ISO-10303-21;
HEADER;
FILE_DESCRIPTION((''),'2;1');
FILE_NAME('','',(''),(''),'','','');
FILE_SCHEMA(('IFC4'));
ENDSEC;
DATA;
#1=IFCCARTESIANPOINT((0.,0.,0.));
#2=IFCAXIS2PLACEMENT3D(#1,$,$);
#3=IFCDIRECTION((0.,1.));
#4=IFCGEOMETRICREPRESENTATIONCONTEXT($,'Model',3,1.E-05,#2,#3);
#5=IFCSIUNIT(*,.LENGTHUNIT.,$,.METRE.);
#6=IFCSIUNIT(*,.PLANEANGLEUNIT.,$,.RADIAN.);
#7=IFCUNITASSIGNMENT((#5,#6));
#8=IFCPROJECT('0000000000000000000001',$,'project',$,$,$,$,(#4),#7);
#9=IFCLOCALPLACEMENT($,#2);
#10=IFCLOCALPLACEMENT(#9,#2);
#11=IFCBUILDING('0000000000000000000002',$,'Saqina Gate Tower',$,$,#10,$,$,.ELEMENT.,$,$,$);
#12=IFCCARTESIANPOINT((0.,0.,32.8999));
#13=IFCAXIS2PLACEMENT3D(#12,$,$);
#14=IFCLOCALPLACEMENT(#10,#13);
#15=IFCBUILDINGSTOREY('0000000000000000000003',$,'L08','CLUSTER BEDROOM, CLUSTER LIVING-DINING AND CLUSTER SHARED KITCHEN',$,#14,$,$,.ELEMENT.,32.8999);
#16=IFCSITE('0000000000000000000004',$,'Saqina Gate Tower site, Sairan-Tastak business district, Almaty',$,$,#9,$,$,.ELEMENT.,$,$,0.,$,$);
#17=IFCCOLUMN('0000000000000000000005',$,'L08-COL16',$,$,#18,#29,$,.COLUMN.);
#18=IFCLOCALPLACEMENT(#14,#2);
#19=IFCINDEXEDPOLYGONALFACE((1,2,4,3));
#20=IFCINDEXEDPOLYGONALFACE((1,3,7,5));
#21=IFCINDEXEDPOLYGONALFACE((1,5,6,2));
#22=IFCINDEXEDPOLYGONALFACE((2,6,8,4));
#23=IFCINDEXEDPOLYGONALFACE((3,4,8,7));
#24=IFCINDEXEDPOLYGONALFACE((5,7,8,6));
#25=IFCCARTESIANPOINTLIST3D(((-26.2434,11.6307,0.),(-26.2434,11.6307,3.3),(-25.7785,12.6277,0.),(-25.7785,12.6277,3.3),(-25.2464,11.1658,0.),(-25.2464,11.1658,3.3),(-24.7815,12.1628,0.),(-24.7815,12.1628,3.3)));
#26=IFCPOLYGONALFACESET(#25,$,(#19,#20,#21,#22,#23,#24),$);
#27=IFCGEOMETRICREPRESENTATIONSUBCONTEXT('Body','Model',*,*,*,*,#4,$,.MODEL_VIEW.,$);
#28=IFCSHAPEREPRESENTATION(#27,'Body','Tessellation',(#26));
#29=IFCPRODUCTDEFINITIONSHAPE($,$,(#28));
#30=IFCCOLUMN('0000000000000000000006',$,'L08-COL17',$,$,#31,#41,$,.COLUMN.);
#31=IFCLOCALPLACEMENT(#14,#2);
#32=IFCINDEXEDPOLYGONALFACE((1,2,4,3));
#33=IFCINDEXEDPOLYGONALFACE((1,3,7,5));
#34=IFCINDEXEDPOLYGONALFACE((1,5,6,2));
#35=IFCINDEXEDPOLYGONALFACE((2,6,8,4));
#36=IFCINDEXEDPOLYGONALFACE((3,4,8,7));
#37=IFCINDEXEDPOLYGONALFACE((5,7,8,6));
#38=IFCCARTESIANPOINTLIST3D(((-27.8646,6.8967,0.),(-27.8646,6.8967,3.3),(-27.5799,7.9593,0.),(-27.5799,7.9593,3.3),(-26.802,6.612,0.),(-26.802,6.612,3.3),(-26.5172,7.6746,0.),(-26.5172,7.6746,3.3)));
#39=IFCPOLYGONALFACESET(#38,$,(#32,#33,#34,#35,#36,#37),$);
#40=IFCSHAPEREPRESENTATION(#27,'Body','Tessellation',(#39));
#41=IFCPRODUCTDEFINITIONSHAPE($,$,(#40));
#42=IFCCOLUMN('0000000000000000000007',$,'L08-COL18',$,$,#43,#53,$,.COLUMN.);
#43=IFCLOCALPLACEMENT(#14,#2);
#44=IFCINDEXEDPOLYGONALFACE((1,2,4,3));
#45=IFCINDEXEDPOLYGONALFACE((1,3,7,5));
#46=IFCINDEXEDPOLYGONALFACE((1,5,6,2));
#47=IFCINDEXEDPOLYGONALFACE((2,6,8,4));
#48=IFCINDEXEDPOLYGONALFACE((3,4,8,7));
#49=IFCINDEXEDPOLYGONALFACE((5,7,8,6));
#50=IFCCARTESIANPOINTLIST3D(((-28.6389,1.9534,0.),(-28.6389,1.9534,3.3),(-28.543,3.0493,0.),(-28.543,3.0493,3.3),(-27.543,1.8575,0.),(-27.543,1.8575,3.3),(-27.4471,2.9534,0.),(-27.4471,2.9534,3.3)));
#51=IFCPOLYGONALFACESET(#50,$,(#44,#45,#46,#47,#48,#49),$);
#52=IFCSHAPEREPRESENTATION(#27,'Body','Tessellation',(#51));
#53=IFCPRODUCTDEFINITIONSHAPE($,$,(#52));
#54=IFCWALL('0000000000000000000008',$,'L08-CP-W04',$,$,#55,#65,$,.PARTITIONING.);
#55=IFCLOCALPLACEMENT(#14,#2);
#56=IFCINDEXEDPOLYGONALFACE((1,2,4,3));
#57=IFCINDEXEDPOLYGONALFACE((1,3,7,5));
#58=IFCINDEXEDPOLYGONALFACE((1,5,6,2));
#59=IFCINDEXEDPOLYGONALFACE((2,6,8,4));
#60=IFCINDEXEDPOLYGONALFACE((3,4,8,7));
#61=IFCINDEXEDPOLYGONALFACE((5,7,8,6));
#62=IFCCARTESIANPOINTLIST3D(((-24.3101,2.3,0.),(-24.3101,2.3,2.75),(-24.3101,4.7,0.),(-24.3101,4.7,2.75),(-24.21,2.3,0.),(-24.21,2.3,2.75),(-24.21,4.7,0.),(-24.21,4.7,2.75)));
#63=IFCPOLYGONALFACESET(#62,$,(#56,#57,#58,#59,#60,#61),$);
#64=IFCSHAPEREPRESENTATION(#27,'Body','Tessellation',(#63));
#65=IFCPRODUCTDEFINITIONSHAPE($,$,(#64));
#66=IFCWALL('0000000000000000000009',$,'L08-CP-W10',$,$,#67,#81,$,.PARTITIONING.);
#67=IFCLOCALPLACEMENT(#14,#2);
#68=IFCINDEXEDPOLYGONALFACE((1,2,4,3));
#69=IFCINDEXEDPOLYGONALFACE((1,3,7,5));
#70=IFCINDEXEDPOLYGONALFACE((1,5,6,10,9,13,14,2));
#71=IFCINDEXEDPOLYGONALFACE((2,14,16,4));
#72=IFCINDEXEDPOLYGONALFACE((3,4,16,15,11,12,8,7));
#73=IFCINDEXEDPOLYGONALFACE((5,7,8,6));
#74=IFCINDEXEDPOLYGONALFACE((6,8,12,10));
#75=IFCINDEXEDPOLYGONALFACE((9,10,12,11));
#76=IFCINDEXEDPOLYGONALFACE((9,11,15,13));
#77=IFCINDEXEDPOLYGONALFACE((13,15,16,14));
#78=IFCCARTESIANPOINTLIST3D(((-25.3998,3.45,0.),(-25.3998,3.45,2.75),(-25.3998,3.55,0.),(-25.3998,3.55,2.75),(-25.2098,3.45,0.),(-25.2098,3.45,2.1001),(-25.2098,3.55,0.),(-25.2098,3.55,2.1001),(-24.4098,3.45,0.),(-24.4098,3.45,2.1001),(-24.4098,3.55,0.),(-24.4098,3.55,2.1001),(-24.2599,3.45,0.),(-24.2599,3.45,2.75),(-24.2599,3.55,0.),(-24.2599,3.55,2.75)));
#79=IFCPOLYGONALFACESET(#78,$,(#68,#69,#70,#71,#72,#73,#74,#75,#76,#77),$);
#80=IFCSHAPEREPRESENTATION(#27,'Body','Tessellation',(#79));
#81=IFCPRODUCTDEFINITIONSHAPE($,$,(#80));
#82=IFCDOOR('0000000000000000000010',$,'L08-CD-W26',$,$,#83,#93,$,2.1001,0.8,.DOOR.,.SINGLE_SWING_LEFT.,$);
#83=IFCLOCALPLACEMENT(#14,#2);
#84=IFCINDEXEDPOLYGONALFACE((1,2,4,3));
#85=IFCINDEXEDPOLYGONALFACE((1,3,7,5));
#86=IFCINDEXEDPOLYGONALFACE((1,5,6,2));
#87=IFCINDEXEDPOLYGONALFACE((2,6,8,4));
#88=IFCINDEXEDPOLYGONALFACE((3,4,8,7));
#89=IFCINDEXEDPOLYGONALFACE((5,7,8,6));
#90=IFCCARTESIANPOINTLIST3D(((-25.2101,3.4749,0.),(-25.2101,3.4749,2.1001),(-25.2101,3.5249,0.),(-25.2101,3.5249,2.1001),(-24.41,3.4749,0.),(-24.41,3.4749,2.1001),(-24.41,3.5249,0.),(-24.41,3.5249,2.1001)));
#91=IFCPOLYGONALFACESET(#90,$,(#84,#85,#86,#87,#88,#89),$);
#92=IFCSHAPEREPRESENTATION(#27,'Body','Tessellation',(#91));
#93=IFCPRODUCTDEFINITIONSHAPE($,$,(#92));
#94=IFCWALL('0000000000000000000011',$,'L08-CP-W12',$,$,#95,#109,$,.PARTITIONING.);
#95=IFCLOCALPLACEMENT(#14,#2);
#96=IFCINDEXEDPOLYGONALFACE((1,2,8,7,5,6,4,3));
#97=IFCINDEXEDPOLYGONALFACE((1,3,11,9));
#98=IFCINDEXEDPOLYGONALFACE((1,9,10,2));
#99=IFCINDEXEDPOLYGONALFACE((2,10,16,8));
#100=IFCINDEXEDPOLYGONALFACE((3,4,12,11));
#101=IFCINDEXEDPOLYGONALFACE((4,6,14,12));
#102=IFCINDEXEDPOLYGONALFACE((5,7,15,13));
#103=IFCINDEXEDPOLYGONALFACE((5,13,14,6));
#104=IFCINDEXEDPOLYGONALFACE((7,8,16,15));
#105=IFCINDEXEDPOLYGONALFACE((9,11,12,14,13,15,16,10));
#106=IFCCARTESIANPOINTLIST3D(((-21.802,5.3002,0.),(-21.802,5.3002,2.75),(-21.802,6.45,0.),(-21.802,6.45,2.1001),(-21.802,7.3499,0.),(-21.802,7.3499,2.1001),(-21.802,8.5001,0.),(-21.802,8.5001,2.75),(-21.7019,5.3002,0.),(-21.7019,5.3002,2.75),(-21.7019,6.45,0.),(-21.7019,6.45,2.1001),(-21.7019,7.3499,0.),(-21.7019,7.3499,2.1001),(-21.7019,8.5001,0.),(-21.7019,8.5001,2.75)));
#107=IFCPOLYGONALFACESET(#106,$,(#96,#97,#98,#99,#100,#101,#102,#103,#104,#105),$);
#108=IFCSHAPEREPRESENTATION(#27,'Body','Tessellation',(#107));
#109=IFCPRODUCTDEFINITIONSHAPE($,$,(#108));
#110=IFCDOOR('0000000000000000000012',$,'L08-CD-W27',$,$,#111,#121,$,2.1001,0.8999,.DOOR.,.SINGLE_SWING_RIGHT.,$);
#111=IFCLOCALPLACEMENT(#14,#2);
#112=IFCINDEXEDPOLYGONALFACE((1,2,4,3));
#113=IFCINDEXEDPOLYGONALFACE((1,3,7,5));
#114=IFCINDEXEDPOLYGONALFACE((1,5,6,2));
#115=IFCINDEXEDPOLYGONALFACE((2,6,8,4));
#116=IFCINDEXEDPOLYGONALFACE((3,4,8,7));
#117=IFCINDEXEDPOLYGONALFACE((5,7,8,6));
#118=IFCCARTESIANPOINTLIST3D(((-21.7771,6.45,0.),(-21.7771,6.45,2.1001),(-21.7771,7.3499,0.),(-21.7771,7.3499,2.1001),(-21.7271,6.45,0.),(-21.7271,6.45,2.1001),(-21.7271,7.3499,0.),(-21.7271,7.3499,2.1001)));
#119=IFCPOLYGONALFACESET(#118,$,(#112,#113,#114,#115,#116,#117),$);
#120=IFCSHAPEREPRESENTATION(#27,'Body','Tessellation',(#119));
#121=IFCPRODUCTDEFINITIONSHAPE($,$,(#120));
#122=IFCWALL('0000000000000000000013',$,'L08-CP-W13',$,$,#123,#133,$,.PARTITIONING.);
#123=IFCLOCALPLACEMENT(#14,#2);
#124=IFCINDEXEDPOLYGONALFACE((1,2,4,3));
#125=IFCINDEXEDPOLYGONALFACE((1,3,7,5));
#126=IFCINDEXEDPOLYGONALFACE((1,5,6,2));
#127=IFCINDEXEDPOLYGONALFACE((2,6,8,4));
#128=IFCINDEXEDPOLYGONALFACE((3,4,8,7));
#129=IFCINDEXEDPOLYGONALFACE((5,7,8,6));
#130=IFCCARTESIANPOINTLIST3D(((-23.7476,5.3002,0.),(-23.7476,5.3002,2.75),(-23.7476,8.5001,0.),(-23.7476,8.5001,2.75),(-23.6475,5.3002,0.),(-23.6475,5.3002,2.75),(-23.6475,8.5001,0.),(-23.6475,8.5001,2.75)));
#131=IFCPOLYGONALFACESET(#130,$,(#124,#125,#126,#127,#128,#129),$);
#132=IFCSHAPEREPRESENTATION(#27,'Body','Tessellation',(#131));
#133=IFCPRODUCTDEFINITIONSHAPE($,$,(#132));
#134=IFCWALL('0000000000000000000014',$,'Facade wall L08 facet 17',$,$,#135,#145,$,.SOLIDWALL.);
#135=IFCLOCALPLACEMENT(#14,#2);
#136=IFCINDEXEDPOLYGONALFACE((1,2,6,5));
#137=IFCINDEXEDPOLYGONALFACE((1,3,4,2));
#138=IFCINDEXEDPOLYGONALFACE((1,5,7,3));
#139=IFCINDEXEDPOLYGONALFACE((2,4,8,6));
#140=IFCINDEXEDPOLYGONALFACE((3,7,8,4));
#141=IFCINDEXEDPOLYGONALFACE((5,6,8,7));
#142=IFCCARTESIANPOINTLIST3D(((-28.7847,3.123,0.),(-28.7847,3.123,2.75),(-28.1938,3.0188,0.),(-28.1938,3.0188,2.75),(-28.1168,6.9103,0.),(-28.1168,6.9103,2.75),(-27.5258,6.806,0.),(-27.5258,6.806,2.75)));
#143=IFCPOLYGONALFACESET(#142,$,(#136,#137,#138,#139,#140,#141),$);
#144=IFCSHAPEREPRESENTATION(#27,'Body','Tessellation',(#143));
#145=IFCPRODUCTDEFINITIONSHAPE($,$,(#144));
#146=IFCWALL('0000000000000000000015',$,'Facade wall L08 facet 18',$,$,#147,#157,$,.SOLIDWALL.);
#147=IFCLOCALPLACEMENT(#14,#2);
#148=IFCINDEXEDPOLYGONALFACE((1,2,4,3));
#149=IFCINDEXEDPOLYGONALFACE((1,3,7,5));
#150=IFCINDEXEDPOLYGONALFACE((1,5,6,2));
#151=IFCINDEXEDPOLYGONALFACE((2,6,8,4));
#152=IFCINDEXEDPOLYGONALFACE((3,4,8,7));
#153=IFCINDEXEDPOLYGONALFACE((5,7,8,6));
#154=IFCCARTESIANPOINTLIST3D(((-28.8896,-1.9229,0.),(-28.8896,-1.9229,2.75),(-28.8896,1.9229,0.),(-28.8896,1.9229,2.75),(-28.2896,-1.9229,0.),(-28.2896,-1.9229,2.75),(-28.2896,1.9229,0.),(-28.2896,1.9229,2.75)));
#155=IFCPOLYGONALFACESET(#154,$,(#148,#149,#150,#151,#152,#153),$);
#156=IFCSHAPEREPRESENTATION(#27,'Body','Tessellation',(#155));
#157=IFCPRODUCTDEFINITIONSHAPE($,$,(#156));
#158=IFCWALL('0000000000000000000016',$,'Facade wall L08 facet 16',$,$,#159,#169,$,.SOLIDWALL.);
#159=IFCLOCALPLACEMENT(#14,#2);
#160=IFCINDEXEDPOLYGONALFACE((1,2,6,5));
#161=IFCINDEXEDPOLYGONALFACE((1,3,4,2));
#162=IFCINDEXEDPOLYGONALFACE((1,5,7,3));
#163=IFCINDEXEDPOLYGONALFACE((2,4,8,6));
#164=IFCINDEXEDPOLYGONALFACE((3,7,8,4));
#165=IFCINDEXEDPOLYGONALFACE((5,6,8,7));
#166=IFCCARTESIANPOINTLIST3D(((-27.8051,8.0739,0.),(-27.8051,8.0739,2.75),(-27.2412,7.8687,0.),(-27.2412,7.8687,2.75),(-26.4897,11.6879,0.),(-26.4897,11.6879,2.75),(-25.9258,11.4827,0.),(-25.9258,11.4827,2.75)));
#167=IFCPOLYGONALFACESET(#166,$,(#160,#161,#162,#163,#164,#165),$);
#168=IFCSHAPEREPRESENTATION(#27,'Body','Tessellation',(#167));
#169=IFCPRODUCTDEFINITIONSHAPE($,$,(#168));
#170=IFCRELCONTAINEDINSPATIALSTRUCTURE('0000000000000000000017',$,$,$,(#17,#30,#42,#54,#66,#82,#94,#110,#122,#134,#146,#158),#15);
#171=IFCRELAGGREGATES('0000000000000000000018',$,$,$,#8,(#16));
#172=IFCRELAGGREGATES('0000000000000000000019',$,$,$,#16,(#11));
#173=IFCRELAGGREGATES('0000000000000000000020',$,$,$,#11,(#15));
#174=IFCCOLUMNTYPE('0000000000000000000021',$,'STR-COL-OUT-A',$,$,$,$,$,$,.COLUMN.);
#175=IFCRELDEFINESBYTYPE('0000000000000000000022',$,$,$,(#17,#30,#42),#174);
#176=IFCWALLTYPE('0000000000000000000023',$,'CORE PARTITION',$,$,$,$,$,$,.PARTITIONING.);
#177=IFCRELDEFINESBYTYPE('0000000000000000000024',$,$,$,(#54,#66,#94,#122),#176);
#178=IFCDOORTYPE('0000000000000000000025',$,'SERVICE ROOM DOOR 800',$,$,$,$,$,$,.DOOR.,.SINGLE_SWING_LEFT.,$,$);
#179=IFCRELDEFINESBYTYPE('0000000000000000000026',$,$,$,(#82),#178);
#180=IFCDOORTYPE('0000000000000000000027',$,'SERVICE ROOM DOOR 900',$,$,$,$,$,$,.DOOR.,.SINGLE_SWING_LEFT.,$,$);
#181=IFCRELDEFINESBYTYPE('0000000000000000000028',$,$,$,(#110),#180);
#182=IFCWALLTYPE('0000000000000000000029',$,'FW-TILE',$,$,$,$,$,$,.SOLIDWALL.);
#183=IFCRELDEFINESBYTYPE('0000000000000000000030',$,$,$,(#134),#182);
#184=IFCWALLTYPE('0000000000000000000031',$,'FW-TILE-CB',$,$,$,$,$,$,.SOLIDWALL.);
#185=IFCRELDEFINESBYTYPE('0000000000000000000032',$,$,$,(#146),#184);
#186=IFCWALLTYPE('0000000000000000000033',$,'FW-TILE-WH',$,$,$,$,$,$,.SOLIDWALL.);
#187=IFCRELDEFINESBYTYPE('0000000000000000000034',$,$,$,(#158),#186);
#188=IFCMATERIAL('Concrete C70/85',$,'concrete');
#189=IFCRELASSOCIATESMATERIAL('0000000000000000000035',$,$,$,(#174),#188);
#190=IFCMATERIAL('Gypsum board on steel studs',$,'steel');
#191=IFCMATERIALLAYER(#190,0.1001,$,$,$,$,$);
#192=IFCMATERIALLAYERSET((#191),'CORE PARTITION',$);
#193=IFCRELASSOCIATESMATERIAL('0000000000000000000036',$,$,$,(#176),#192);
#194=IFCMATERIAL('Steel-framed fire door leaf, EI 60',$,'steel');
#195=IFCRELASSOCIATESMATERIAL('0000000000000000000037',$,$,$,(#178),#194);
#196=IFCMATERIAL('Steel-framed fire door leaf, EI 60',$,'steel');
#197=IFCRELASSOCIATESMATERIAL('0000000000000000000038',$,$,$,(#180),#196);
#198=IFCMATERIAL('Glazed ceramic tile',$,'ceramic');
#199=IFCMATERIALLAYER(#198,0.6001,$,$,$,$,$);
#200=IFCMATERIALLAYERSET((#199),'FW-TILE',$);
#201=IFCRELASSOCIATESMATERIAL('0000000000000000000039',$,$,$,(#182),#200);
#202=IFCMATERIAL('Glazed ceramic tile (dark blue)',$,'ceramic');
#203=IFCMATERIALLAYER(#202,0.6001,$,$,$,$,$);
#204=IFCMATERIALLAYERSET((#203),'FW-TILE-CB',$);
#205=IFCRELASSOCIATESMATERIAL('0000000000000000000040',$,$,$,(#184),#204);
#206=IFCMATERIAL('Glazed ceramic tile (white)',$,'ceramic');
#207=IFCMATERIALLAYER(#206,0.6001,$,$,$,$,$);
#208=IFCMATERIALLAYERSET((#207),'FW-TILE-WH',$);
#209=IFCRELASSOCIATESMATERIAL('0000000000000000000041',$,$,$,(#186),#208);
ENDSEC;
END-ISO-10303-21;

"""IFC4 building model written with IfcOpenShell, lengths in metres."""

from ifc_helpers import new_model, si_unit, direction, frame, frame_2d, origin, origin_2d, place, context, subcontext, project, spatial, rectangle, extrude, material, layer, layer_set, material_profile, profile_set, type_object, element, fill, save


model = new_model("IFC4")

# Units and contexts
model_context = context("Model", 3, precision=1e-05, world=origin(), true_north=direction((0.0, 1.0)))
body_context = subcontext(model_context, "Body", "Model", "MODEL_VIEW")
ifc_project = project(units=[si_unit("LENGTHUNIT", "METRE"), si_unit("PLANEANGLEUNIT", "RADIAN")], contexts=[model_context])

# Site, building, storey
site_placement = place(None, origin())
site = spatial("IfcSite", under=ifc_project, at=site_placement, Name="Saqina Gate Tower site, Sairan-Tastak business district, Almaty", CompositionType="ELEMENT", RefElevation=0.0)
building_placement = place(site_placement, origin())
building = spatial("IfcBuilding", under=site, at=building_placement, Name="Saqina Gate Tower", CompositionType="ELEMENT")
storey_placement = place(building_placement, frame((0.0, 0.0, 32.8999)))
storey = spatial("IfcBuildingStorey", under=building, at=storey_placement, Name="L08", Description="CLUSTER BEDROOM, CLUSTER LIVING-DINING AND CLUSTER SHARED KITCHEN", CompositionType="ELEMENT", Elevation=32.8999)

# Columns
ifc_material_1 = material(Name="Concrete C70/85", Category="concrete")
ifc_material_profile = material_profile(ifc_material_1, rectangle(XDim=1.1001, YDim=1.1001, at=origin_2d()), Name="RC 1100x1100")
ifc_profile_set = profile_set([ifc_material_profile], Name="Concrete C70/85")
column_type = type_object("IfcColumnType", Name="STR-COL-OUT-A", PredefinedType="COLUMN", material=ifc_profile_set)
for number, where, z_axis, x_axis, name in (
    (1, (-25.5125, 11.8967, 0.0), (0.0, 0.0, 1.0), (-0.906308, 0.422618, 0.0), "L08-COL16"),
    (2, (-27.1909, 7.2856, 0.0), (0.0, 0.0, 1.0), (-0.965926, 0.258819, 0.0), "L08-COL17"),
    (3, (-28.043, 2.4534, 0.0), (0.0, 0.0, 1.0), (-0.996195, 0.087156, 0.0), "L08-COL18"),
):
    element("IfcColumn", number, at=place(storey_placement, frame(where, z_axis=z_axis, x_axis=x_axis)), inside=storey, type_object=column_type, Name=name, PredefinedType="COLUMN", context=body_context, shape_type="SweptSolid", body=[
        extrude(rectangle(XDim=1.1001, YDim=1.1001, at=origin_2d()), origin(), (0.0, 0.0, 1.0), 3.3),
    ])

# Wall
ifc_material_2 = material(Name="Gypsum board on steel studs", Category="steel")
ifc_layer_1 = layer(ifc_material_2, 0.1001)
ifc_layer_set_1 = layer_set([ifc_layer_1], Name="CORE PARTITION")
wall_type_1 = type_object("IfcWallType", Name="CORE PARTITION", PredefinedType="PARTITIONING", material=ifc_layer_set_1)
wall_1_placement = place(storey_placement, frame((-24.26, 2.3, 0.0), z_axis=(0.0, 0.0, 1.0), x_axis=(0.0, 1.0, 0.0)))
element("IfcWall", 4, at=wall_1_placement, inside=storey, type_object=wall_type_1, Name="L08-CP-W04", PredefinedType="PARTITIONING", context=body_context, shape_type="SweptSolid", body=[
    extrude(rectangle(XDim=2.3999, YDim=0.1001, at=frame_2d((1.2, 0.0))), origin(), (0.0, 0.0, 1.0), 2.75),
])

# Walls, openings, doors
wall_2_placement = place(storey_placement, frame((-24.26, 3.5, 0.0), z_axis=(0.0, 0.0, 1.0), x_axis=(-1.0, 0.0, 0.0)))
wall_2 = element("IfcWall", 5, at=wall_2_placement, inside=storey, type_object=wall_type_1, Name="L08-CP-W10", PredefinedType="PARTITIONING", context=body_context, shape_type="SweptSolid", body=[
    extrude(rectangle(XDim=1.1399, YDim=0.1001, at=frame_2d((0.5698, 0.0))), origin(), (0.0, 0.0, 1.0), 2.75),
])
opening_1_placement = place(wall_2_placement, frame((0.1499, 0.0, 0.0)))
opening_1 = element("IfcOpeningElement", 6, at=opening_1_placement, cuts=wall_2, PredefinedType="OPENING", context=body_context, shape_type="SweptSolid", body=[
    extrude(rectangle(XDim=0.8, YDim=2.1001, at=frame_2d((0.3999, 1.05))), frame((0.0, 0.062, 0.0), z_axis=(0.0, -1.0, 0.0), x_axis=(1.0, 0.0, 0.0)), (0.0, 0.0, 1.0), 0.124),
])
ifc_material_3 = material(Name="Steel-framed fire door leaf, EI 60", Category="steel")
door_type_1 = type_object("IfcDoorType", Name="SERVICE ROOM DOOR 800", OperationType="SINGLE_SWING_LEFT", PredefinedType="DOOR", material=ifc_material_3)
door_1_placement = place(opening_1_placement, frame((0.8, 0.0, 0.0), z_axis=(0.0, 0.0, 1.0), x_axis=(-1.0, 0.0, 0.0)))
door_1 = element("IfcDoor", 7, at=door_1_placement, inside=storey, type_object=door_type_1, Name="L08-CD-W26", OperationType="SINGLE_SWING_LEFT", OverallHeight=2.1001, OverallWidth=0.8, PredefinedType="DOOR", context=body_context, shape_type="SweptSolid", body=[
    extrude(rectangle(XDim=0.8, YDim=2.1001, at=frame_2d((0.3999, 1.05))), frame((0.0, 0.0249, 0.0), z_axis=(0.0, -1.0, 0.0), x_axis=(1.0, 0.0, 0.0)), (0.0, 0.0, 1.0), 0.05),
])
fill(opening_1, door_1)
wall_3_placement = place(storey_placement, frame((-21.752, 5.3, 0.0), z_axis=(0.0, 0.0, 1.0), x_axis=(0.0, 1.0, 0.0)))
wall_3 = element("IfcWall", 8, at=wall_3_placement, inside=storey, type_object=wall_type_1, Name="L08-CP-W12", PredefinedType="PARTITIONING", context=body_context, shape_type="SweptSolid", body=[
    extrude(rectangle(XDim=3.2, YDim=0.1001, at=frame_2d((1.6001, 0.0))), origin(), (0.0, 0.0, 1.0), 2.75),
])
opening_2_placement = place(wall_3_placement, frame((1.1499, 0.0, 0.0)))
opening_2 = element("IfcOpeningElement", 9, at=opening_2_placement, cuts=wall_3, PredefinedType="OPENING", context=body_context, shape_type="SweptSolid", body=[
    extrude(rectangle(XDim=0.8999, YDim=2.1001, at=frame_2d((0.45, 1.05))), frame((0.0, 0.062, 0.0), z_axis=(0.0, -1.0, 0.0), x_axis=(1.0, 0.0, 0.0)), (0.0, 0.0, 1.0), 0.124),
])
ifc_material_4 = material(Name="Steel-framed fire door leaf, EI 60", Category="steel")
door_type_2 = type_object("IfcDoorType", Name="SERVICE ROOM DOOR 900", OperationType="SINGLE_SWING_LEFT", PredefinedType="DOOR", material=ifc_material_4)
door_2_placement = place(opening_2_placement, frame((0.8999, 0.0, 0.0), z_axis=(0.0, 0.0, 1.0), x_axis=(-1.0, 0.0, 0.0)))
door_2 = element("IfcDoor", 10, at=door_2_placement, inside=storey, type_object=door_type_2, Name="L08-CD-W27", OperationType="SINGLE_SWING_RIGHT", OverallHeight=2.1001, OverallWidth=0.8999, PredefinedType="DOOR", context=body_context, shape_type="SweptSolid", body=[
    extrude(rectangle(XDim=0.8999, YDim=2.1001, at=frame_2d((0.45, 1.05))), frame((0.0, 0.0249, 0.0), z_axis=(0.0, -1.0, 0.0), x_axis=(1.0, 0.0, 0.0)), (0.0, 0.0, 1.0), 0.05),
])
fill(opening_2, door_2)

# Walls
wall_4_placement = place(storey_placement, frame((-23.6975, 5.3, 0.0), z_axis=(0.0, 0.0, 1.0), x_axis=(0.0, 1.0, 0.0)))
element("IfcWall", 11, at=wall_4_placement, inside=storey, type_object=wall_type_1, Name="L08-CP-W13", PredefinedType="PARTITIONING", context=body_context, shape_type="SweptSolid", body=[
    extrude(rectangle(XDim=3.2, YDim=0.1001, at=frame_2d((1.6001, 0.0))), origin(), (0.0, 0.0, 1.0), 2.75),
])
ifc_material_5 = material(Name="Glazed ceramic tile", Category="ceramic")
ifc_layer_2 = layer(ifc_material_5, 0.6001)
ifc_layer_set_2 = layer_set([ifc_layer_2], Name="FW-TILE")
wall_type_2 = type_object("IfcWallType", Name="FW-TILE", PredefinedType="SOLIDWALL", material=ifc_layer_set_2)
wall_5_placement = place(storey_placement, frame((-27.8213, 6.8582, 0.0), z_axis=(0.0, 0.0, 1.0), x_axis=(-0.173688, -0.984801, 0.0)))
element("IfcWall", 12, at=wall_5_placement, inside=storey, type_object=wall_type_2, Name="Facade wall L08 facet 17", PredefinedType="SOLIDWALL", context=body_context, shape_type="SweptSolid", body=[
    extrude(rectangle(XDim=3.8457, YDim=0.6001, at=frame_2d((1.9229, 0.0))), origin(), (0.0, 0.0, 1.0), 2.75),
])
ifc_material_6 = material(Name="Glazed ceramic tile (dark blue)", Category="ceramic")
ifc_layer_3 = layer(ifc_material_6, 0.6001)
ifc_layer_set_3 = layer_set([ifc_layer_3], Name="FW-TILE-CB")
wall_type_3 = type_object("IfcWallType", Name="FW-TILE-CB", PredefinedType="SOLIDWALL", material=ifc_layer_set_3)
wall_6_placement = place(storey_placement, frame((-28.5896, 1.9229, 0.0), z_axis=(0.0, 0.0, 1.0), x_axis=(0.0, -1.0, 0.0)))
element("IfcWall", 13, at=wall_6_placement, inside=storey, type_object=wall_type_3, Name="Facade wall L08 facet 18", PredefinedType="SOLIDWALL", context=body_context, shape_type="SweptSolid", body=[
    extrude(rectangle(XDim=3.8457, YDim=0.6001, at=frame_2d((1.9229, 0.0))), origin(), (0.0, 0.0, 1.0), 2.75),
])
ifc_material_7 = material(Name="Glazed ceramic tile (white)", Category="ceramic")
ifc_layer_4 = layer(ifc_material_7, 0.6001)
ifc_layer_set_4 = layer_set([ifc_layer_4], Name="FW-TILE-WH")
wall_type_4 = type_object("IfcWallType", Name="FW-TILE-WH", PredefinedType="SOLIDWALL", material=ifc_layer_set_4)
wall_7_placement = place(storey_placement, frame((-26.2078, 11.5852, 0.0), z_axis=(0.0, 0.0, 1.0), x_axis=(-0.342028, -0.93969, 0.0)))
element("IfcWall", 14, at=wall_7_placement, inside=storey, type_object=wall_type_4, Name="Facade wall L08 facet 16", PredefinedType="SOLIDWALL", context=body_context, shape_type="SweptSolid", body=[
    extrude(rectangle(XDim=3.8459, YDim=0.6001, at=frame_2d((1.9229, 0.0))), origin(), (0.0, 0.0, 1.0), 2.75),
])

save(model, "model.ifc")
